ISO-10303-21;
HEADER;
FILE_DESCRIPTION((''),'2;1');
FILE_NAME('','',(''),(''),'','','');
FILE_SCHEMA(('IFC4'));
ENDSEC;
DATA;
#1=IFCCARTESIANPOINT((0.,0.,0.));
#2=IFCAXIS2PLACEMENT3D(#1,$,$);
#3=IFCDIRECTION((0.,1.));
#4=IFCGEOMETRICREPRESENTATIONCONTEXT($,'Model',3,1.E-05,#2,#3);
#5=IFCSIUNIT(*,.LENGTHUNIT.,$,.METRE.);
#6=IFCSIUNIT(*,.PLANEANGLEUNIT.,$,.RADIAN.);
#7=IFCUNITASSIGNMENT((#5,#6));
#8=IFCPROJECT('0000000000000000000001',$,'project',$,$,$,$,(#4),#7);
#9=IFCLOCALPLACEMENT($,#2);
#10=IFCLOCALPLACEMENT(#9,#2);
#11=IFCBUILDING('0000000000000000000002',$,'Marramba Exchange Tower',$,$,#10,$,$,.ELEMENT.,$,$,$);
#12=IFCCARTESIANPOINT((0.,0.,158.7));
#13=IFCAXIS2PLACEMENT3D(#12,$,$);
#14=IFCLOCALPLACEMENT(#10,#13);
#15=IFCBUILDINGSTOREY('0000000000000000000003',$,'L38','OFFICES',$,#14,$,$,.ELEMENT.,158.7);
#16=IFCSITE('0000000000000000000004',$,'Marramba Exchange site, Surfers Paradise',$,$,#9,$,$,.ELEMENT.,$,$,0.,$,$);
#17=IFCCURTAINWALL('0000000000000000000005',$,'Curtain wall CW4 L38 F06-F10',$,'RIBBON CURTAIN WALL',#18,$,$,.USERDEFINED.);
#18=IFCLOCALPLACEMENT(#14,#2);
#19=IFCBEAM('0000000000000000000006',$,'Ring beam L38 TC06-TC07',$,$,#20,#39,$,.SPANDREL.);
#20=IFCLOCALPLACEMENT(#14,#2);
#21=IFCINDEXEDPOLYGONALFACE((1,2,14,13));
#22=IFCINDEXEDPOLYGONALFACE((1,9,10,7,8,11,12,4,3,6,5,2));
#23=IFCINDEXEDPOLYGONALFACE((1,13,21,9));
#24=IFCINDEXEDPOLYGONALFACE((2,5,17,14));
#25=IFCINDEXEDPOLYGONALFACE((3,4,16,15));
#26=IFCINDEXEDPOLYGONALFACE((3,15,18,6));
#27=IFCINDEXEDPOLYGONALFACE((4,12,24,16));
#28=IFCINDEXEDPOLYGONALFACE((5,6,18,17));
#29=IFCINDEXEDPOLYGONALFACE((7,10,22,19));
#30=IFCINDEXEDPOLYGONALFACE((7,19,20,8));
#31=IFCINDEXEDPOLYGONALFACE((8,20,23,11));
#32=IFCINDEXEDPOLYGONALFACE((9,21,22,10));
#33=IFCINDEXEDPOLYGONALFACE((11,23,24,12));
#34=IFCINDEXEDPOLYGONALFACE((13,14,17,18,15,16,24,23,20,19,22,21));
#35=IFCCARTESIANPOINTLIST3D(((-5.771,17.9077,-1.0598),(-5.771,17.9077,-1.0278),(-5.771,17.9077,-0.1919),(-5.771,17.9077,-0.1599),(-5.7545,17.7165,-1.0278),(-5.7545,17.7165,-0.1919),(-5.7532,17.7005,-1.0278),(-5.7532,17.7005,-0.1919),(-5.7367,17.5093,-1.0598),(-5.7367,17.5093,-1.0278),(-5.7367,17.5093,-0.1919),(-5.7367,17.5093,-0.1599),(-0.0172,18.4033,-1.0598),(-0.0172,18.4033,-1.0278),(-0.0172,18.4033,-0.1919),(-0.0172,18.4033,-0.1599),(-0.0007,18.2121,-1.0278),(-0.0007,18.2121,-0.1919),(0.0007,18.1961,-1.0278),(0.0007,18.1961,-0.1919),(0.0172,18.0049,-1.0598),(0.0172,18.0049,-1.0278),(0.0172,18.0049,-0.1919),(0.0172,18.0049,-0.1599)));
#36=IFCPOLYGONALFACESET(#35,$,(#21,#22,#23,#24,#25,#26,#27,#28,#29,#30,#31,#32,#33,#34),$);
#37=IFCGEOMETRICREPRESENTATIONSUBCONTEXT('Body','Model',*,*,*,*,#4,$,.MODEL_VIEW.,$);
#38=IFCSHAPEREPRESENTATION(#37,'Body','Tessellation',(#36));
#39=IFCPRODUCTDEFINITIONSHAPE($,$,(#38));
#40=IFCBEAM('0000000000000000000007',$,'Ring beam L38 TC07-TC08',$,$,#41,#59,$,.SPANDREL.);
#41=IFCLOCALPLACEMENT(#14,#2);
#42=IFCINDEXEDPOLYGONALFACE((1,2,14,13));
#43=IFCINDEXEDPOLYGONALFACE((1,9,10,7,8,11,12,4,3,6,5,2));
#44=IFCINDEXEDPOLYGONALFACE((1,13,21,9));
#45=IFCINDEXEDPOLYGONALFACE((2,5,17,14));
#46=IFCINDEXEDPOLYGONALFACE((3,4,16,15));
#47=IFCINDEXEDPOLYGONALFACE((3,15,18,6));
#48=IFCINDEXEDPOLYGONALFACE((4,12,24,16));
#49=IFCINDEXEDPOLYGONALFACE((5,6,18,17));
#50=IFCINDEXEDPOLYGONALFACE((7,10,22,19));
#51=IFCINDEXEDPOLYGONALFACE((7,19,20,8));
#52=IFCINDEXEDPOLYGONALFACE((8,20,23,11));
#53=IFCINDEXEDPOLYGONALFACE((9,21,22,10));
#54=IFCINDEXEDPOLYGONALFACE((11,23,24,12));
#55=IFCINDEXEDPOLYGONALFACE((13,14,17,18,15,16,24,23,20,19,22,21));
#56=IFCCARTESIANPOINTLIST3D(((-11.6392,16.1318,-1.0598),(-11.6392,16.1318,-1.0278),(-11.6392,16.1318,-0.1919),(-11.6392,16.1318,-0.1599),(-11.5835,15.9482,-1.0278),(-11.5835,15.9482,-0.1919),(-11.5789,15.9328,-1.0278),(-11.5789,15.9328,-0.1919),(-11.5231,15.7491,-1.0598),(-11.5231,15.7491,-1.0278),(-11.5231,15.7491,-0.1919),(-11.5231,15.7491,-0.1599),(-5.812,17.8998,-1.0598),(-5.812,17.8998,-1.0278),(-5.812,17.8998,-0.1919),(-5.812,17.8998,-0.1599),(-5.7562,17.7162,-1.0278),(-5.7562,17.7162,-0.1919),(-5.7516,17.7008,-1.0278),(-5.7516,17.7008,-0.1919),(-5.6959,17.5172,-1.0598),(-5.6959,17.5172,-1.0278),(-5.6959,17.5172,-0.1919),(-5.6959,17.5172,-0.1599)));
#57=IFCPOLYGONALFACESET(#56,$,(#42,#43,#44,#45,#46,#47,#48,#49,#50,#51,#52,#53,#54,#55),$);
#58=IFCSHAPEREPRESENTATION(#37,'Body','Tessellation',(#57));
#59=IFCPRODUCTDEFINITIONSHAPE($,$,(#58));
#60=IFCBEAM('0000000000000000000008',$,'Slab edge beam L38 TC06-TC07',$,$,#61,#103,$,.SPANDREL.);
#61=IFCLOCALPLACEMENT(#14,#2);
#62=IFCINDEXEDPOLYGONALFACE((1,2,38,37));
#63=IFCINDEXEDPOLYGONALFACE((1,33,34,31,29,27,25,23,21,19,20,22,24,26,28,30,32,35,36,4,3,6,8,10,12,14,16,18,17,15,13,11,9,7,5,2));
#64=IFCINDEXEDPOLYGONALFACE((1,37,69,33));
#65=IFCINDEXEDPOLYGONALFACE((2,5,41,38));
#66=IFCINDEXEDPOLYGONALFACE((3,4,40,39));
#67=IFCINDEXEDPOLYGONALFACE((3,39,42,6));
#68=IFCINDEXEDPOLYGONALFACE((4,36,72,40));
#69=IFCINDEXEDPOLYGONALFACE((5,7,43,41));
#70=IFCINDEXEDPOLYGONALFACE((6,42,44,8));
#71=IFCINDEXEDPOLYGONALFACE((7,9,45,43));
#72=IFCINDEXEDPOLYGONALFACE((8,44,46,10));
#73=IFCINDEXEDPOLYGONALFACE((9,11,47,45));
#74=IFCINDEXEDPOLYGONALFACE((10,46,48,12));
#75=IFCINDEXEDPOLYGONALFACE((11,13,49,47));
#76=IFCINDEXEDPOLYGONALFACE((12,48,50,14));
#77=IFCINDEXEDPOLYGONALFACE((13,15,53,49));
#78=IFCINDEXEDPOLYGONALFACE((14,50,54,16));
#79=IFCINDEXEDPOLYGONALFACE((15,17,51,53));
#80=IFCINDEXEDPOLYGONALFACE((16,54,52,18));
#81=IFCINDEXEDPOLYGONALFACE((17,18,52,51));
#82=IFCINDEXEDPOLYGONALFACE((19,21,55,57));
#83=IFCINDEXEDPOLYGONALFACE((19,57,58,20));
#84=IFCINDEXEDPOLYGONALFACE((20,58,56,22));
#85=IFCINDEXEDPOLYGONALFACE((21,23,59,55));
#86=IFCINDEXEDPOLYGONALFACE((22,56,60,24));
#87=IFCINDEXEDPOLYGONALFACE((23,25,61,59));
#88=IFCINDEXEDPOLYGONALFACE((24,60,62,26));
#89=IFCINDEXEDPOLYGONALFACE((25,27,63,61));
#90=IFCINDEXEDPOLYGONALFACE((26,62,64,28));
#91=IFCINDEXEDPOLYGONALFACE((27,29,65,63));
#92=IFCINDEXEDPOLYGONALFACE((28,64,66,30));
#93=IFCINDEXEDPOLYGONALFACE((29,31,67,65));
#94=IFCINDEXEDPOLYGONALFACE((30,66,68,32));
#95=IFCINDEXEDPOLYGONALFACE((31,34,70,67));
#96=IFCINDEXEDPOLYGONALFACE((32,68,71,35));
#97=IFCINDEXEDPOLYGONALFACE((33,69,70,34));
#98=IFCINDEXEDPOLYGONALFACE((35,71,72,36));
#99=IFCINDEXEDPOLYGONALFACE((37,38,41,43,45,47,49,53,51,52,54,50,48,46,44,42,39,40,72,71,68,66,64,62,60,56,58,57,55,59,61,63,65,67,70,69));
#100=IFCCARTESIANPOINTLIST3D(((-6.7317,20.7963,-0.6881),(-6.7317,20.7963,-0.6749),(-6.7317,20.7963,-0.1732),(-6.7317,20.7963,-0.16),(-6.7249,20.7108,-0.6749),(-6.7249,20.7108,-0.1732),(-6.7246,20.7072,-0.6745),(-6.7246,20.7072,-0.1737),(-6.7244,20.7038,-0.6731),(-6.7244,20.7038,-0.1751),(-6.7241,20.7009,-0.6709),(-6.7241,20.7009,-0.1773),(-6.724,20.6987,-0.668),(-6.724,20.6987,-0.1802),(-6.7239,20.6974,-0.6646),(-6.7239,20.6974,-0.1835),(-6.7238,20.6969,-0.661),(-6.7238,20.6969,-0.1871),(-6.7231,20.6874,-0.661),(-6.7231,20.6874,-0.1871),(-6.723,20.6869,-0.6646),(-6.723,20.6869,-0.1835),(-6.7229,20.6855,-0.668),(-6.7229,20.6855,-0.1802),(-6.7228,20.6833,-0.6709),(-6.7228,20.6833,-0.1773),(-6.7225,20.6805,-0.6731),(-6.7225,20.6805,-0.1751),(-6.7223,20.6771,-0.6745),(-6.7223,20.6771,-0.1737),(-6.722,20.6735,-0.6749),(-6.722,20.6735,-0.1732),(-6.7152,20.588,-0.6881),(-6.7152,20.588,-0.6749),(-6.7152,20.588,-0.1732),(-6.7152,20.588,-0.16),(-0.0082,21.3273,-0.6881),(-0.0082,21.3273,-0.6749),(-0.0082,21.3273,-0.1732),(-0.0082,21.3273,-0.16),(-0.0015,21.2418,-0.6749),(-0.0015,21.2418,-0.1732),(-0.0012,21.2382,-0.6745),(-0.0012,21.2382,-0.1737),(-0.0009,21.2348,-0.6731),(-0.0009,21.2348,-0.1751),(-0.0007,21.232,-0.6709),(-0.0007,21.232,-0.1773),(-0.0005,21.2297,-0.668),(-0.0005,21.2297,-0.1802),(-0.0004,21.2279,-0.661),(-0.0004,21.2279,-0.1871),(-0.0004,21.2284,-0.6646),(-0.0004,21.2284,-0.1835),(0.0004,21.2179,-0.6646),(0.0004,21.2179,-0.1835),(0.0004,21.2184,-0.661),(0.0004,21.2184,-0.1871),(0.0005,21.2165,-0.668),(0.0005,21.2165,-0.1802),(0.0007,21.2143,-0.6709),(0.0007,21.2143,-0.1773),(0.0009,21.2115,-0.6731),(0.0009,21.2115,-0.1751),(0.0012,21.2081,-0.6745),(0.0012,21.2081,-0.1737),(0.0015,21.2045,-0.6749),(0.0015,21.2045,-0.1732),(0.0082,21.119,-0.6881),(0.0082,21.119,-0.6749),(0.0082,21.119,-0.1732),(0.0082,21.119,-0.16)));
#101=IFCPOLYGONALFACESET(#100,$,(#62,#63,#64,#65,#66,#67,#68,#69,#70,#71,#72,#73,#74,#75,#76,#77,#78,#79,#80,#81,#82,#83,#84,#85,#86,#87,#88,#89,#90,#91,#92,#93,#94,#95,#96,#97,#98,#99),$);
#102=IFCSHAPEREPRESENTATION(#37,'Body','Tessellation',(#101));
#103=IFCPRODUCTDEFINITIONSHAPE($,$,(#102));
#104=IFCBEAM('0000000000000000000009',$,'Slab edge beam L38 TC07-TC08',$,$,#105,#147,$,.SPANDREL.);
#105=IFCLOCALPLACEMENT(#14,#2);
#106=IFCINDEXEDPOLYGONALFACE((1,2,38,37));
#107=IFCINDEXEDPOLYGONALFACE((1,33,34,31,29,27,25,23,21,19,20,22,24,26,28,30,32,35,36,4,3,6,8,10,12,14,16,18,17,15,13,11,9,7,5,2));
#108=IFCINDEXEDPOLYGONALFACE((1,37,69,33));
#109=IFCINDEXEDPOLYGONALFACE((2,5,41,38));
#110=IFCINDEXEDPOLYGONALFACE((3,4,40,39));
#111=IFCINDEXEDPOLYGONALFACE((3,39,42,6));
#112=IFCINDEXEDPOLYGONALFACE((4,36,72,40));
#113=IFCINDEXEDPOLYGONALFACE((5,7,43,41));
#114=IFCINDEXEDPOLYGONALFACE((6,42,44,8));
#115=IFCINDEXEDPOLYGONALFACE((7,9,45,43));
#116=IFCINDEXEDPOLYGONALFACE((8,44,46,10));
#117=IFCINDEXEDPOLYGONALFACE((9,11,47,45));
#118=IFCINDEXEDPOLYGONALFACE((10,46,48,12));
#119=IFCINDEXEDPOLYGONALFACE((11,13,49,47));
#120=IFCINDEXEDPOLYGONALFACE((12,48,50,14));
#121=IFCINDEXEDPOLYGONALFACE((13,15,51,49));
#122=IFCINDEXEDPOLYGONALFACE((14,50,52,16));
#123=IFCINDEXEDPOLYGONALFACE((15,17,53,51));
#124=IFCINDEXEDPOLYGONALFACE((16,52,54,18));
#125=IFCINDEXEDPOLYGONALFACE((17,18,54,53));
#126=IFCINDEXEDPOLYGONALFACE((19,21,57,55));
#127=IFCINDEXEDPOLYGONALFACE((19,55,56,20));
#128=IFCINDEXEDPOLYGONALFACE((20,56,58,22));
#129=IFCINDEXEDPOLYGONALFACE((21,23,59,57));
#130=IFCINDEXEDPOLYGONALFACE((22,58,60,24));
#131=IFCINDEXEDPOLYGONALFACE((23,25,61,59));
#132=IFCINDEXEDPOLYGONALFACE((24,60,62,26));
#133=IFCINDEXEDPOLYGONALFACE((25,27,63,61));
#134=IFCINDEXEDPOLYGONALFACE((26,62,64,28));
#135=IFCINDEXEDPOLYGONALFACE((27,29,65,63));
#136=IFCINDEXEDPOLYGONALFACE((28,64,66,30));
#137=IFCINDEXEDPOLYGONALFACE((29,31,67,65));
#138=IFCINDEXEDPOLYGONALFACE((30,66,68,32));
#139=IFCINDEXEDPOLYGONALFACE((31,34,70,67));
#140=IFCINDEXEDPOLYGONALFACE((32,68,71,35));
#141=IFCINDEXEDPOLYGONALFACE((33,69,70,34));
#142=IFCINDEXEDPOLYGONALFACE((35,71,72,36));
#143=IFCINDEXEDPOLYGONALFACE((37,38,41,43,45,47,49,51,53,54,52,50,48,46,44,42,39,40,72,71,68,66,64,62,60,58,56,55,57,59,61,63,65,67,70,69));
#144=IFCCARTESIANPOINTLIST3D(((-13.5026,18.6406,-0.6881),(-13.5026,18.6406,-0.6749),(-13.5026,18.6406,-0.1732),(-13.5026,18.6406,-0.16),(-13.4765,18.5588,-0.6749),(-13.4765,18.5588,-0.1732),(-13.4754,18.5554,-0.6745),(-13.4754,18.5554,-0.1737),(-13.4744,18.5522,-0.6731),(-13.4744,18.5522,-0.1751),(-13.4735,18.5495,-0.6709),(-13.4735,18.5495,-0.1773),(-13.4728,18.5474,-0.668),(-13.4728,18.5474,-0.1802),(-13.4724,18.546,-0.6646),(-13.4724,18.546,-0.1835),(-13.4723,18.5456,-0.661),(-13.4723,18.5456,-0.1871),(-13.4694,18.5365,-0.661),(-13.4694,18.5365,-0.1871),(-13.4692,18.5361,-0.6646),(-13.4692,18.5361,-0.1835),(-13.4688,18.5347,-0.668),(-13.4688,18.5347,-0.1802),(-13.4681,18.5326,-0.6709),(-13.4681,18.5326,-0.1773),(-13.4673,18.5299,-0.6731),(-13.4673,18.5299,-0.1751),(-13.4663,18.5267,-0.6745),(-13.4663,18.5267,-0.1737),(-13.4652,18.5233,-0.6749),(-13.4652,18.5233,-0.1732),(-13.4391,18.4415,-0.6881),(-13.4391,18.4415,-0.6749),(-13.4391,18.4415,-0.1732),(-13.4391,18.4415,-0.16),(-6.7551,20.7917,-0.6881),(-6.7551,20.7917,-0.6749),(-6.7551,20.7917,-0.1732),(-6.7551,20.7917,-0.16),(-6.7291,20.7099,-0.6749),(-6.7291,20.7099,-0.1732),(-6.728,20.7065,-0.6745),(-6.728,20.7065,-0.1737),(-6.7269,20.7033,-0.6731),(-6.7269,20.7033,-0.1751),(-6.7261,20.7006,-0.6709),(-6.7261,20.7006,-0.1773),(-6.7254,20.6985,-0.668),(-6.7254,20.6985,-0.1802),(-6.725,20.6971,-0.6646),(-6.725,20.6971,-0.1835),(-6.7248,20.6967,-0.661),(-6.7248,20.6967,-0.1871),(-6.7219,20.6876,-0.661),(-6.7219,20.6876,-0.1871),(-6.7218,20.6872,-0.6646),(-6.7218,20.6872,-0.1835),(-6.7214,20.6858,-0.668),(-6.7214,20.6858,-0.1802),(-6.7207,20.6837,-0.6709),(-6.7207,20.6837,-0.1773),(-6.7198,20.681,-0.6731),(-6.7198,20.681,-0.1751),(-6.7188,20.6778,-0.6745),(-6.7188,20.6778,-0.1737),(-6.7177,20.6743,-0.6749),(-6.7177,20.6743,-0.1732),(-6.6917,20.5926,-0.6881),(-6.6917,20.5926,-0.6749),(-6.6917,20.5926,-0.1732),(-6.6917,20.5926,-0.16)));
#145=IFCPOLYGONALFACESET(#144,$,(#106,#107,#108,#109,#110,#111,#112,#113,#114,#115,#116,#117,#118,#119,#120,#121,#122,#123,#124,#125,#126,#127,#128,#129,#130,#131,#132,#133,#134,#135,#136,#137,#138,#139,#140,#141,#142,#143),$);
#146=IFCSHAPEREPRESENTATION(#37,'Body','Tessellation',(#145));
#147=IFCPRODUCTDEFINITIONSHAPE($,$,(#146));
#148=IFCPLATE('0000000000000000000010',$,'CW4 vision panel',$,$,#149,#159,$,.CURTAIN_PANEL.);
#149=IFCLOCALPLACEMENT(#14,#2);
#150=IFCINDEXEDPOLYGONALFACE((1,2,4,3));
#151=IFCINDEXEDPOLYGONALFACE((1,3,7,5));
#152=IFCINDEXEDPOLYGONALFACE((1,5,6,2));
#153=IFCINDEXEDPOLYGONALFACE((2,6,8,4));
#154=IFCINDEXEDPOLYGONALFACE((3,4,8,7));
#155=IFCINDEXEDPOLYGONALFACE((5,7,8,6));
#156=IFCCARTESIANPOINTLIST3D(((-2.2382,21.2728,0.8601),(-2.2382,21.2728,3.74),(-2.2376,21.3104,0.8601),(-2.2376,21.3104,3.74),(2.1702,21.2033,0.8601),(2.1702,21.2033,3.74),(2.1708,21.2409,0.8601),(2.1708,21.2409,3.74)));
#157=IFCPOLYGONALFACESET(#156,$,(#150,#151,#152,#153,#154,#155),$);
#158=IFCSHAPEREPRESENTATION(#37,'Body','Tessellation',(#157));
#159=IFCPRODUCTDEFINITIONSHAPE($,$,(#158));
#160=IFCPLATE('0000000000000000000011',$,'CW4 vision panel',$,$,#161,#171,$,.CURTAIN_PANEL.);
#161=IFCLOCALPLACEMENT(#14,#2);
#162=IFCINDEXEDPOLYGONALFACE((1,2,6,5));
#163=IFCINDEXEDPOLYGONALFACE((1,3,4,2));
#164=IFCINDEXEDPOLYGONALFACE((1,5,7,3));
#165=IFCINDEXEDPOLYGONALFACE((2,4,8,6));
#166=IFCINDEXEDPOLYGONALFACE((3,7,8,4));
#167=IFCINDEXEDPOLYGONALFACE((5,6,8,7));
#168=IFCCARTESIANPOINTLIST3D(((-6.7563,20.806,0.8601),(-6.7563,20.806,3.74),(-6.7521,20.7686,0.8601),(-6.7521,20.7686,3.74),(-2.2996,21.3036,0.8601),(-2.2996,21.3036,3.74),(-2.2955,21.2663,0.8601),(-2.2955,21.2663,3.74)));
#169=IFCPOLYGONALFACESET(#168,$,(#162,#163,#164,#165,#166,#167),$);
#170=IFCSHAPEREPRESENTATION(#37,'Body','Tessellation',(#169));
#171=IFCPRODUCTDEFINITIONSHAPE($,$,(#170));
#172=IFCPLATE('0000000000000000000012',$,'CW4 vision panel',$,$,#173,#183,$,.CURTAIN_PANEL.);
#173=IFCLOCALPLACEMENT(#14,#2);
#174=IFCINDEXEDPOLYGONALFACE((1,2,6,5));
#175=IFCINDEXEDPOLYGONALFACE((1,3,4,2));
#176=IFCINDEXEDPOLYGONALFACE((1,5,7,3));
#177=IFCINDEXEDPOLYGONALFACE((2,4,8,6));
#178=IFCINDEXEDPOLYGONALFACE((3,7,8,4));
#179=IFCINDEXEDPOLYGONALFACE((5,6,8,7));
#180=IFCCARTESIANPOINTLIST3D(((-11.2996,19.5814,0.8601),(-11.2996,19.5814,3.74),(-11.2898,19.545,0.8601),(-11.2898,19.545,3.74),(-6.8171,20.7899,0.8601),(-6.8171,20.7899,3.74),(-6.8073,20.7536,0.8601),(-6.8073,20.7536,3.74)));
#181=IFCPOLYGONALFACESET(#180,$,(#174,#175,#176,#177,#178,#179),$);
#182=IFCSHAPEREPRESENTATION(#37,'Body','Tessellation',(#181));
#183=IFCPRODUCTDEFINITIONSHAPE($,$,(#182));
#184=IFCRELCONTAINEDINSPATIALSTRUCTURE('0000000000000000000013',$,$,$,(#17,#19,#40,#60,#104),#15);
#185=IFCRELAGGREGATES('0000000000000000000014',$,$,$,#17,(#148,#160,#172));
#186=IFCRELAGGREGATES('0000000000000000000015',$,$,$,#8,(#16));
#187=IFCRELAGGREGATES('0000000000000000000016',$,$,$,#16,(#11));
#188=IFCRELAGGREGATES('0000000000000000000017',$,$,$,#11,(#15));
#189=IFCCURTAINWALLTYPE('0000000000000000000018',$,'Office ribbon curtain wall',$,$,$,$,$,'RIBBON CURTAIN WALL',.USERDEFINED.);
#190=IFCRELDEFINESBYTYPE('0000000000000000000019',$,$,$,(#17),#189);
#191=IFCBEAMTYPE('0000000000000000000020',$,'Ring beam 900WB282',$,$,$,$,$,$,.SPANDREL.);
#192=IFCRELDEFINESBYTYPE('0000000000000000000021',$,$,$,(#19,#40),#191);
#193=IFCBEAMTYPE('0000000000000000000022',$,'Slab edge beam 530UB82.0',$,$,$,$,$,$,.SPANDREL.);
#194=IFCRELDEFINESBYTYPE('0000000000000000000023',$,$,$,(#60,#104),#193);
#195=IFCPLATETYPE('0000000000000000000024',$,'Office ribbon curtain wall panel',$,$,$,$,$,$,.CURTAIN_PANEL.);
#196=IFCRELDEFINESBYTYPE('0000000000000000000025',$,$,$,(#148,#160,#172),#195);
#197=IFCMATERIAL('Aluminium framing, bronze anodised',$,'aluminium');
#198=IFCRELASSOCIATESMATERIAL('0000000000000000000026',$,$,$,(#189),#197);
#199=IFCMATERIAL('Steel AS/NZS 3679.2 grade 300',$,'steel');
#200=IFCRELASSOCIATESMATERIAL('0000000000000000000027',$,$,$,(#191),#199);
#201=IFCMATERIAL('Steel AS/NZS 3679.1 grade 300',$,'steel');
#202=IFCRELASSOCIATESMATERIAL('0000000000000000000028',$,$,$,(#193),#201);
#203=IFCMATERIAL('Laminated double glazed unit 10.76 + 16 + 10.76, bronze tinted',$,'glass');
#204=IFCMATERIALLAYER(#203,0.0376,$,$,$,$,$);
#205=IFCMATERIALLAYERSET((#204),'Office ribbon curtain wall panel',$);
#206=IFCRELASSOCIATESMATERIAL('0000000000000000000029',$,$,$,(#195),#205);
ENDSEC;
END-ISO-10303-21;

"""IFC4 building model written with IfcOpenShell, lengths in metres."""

from ifc_helpers import new_model, si_unit, direction, frame, origin, origin_2d, place, context, subcontext, project, spatial, rectangle, i_section, extrude, material, layer, layer_set, material_profile, profile_set, type_object, element, aggregate, save


model = new_model("IFC4")

# Units and contexts
model_context = context("Model", 3, precision=1e-05, world=origin(), true_north=direction((0.0, 1.0)))
body_context = subcontext(model_context, "Body", "Model", "MODEL_VIEW")
ifc_project = project(units=[si_unit("LENGTHUNIT", "METRE"), si_unit("PLANEANGLEUNIT", "RADIAN")], contexts=[model_context])

# Site, building, storey
site_placement = place(None, origin())
site = spatial("IfcSite", under=ifc_project, at=site_placement, Name="Marramba Exchange site, Surfers Paradise", CompositionType="ELEMENT", RefElevation=0.0)
building_placement = place(site_placement, origin())
building = spatial("IfcBuilding", under=site, at=building_placement, Name="Marramba Exchange Tower", CompositionType="ELEMENT")
storey_placement = place(building_placement, frame((0.0, 0.0, 158.7)))
storey = spatial("IfcBuildingStorey", under=building, at=storey_placement, Name="L38", Description="OFFICES", CompositionType="ELEMENT", Elevation=158.7)

# Shared definitions
ifc_material_1 = material(Name="Steel AS/NZS 3679.2 grade 300", Category="steel")

# Curtain wall
ifc_material_2 = material(Name="Aluminium framing, bronze anodised", Category="aluminium")
curtain_wall_type = type_object("IfcCurtainWallType", Name="Office ribbon curtain wall", ElementType="RIBBON CURTAIN WALL", PredefinedType="USERDEFINED", material=ifc_material_2)
curtain_wall_1_placement = place(storey_placement, origin())
curtain_wall_1 = element("IfcCurtainWall", 1, at=curtain_wall_1_placement, inside=storey, type_object=curtain_wall_type, Name="Curtain wall CW4 L38 F06-F10", ObjectType="RIBBON CURTAIN WALL", PredefinedType="USERDEFINED")

# Beams
ifc_material_profile_1 = material_profile(ifc_material_1, i_section(OverallWidth=0.3999, OverallDepth=0.8999, WebThickness=0.0161, FlangeThickness=0.032, at=origin_2d()), Name="900WB282")
ifc_profile_set_1 = profile_set([ifc_material_profile_1], Name="Steel AS/NZS 3679.2 grade 300")
beam_type_1 = type_object("IfcBeamType", Name="Ring beam 900WB282", PredefinedType="SPANDREL", material=ifc_profile_set_1)
beam_1_placement = place(storey_placement, frame((0.0, 18.2041, -0.6099), z_axis=(-0.996311, -0.085816, 0.0), x_axis=(0.085816, -0.996311, 0.0)))
element("IfcBeam", 2, at=beam_1_placement, inside=storey, type_object=beam_type_1, Name="Ring beam L38 TC06-TC07", PredefinedType="SPANDREL", context=body_context, shape_type="SweptSolid", body=[
    extrude(i_section(OverallWidth=0.3999, OverallDepth=0.8999, WebThickness=0.0161, FlangeThickness=0.032, at=origin_2d()), origin(), (0.0, 0.0, 1.0), 5.7751),
])
beam_2_placement = place(storey_placement, frame((-5.7539, 17.7085, -0.6099), z_axis=(-0.956925, -0.290337, 0.0), x_axis=(0.290337, -0.956925, 0.0)))
element("IfcBeam", 3, at=beam_2_placement, inside=storey, type_object=beam_type_1, Name="Ring beam L38 TC07-TC08", PredefinedType="SPANDREL", context=body_context, shape_type="SweptSolid", body=[
    extrude(i_section(OverallWidth=0.3999, OverallDepth=0.8999, WebThickness=0.0161, FlangeThickness=0.032, at=origin_2d()), origin(), (0.0, 0.0, 1.0), 6.0896),
])
ifc_material_3 = material(Name="Steel AS/NZS 3679.1 grade 300", Category="steel")
ifc_material_profile_2 = material_profile(ifc_material_3, i_section(OverallWidth=0.209, OverallDepth=0.5281, WebThickness=0.0095, FlangeThickness=0.0132, FilletRadius=0.0139, at=origin_2d()), Name="530UB82.0")
ifc_profile_set_2 = profile_set([ifc_material_profile_2], Name="Steel AS/NZS 3679.1 grade 300")
beam_type_2 = type_object("IfcBeamType", Name="Slab edge beam 530UB82.0", PredefinedType="SPANDREL", material=ifc_profile_set_2)
beam_3_placement = place(storey_placement, frame((0.0, 21.2231, -0.4241), z_axis=(-0.996896, -0.078734, 0.0), x_axis=(0.078734, -0.996896, 0.0)))
element("IfcBeam", 4, at=beam_3_placement, inside=storey, type_object=beam_type_2, Name="Slab edge beam L38 TC06-TC07", PredefinedType="SPANDREL", context=body_context, shape_type="SweptSolid", body=[
    extrude(i_section(OverallWidth=0.209, OverallDepth=0.5281, WebThickness=0.0095, FlangeThickness=0.0132, FilletRadius=0.0139, at=origin_2d()), origin(), (0.0, 0.0, 1.0), 6.7444),
])
beam_4_placement = place(storey_placement, frame((-6.7234, 20.6921, -0.4241), z_axis=(-0.952755, -0.303739, 0.0), x_axis=(0.303739, -0.952755, 0.0)))
element("IfcBeam", 5, at=beam_4_placement, inside=storey, type_object=beam_type_2, Name="Slab edge beam L38 TC07-TC08", PredefinedType="SPANDREL", context=body_context, shape_type="SweptSolid", body=[
    extrude(i_section(OverallWidth=0.209, OverallDepth=0.5281, WebThickness=0.0095, FlangeThickness=0.0132, FilletRadius=0.0139, at=origin_2d()), origin(), (0.0, 0.0, 1.0), 7.082),
])

# Plates
ifc_material_4 = material(Name="Laminated double glazed unit 10.76 + 16 + 10.76, bronze tinted", Category="glass")
ifc_layer_1 = layer(ifc_material_4, 0.0376)
ifc_layer_set_1 = layer_set([ifc_layer_1], Name="Office ribbon curtain wall panel")
plate_type = type_object("IfcPlateType", Name="Office ribbon curtain wall panel", PredefinedType="CURTAIN_PANEL", material=ifc_layer_set_1)
plate_1_placement = place(storey_placement, frame((-0.0337, 21.2568, 0.8601), z_axis=(0.0, 0.0, 1.0), x_axis=(-0.999876, 0.015756, 0.0)))
plate_1 = element("IfcPlate", 6, at=plate_1_placement, type_object=plate_type, Name="CW4 vision panel", PredefinedType="CURTAIN_PANEL", context=body_context, shape_type="SweptSolid", body=[
    extrude(rectangle(XDim=4.4089, YDim=0.0376, at=origin_2d()), origin(), (0.0, 0.0, 1.0), 2.8799),
])
plate_2_placement = place(storey_placement, frame((-4.5259, 21.0361, 0.8601), z_axis=(0.0, 0.0, 1.0), x_axis=(-0.993823, -0.110973, 0.0)))
plate_2 = element("IfcPlate", 7, at=plate_2_placement, type_object=plate_type, Name="CW4 vision panel", PredefinedType="CURTAIN_PANEL", context=body_context, shape_type="SweptSolid", body=[
    extrude(rectangle(XDim=4.4844, YDim=0.0376, at=origin_2d()), origin(), (0.0, 0.0, 1.0), 2.8799),
])
plate_3_placement = place(storey_placement, frame((-9.0535, 20.1675, 0.8601), z_axis=(0.0, 0.0, 1.0), x_axis=(-0.965522, -0.260321, 0.0)))
plate_3 = element("IfcPlate", 8, at=plate_3_placement, type_object=plate_type, Name="CW4 vision panel", PredefinedType="CURTAIN_PANEL", context=body_context, shape_type="SweptSolid", body=[
    extrude(rectangle(XDim=4.6426, YDim=0.0376, at=origin_2d()), origin(), (0.0, 0.0, 1.0), 2.8799),
])
aggregate(curtain_wall_1, [plate_1, plate_2, plate_3])

save(model, "model.ifc")
